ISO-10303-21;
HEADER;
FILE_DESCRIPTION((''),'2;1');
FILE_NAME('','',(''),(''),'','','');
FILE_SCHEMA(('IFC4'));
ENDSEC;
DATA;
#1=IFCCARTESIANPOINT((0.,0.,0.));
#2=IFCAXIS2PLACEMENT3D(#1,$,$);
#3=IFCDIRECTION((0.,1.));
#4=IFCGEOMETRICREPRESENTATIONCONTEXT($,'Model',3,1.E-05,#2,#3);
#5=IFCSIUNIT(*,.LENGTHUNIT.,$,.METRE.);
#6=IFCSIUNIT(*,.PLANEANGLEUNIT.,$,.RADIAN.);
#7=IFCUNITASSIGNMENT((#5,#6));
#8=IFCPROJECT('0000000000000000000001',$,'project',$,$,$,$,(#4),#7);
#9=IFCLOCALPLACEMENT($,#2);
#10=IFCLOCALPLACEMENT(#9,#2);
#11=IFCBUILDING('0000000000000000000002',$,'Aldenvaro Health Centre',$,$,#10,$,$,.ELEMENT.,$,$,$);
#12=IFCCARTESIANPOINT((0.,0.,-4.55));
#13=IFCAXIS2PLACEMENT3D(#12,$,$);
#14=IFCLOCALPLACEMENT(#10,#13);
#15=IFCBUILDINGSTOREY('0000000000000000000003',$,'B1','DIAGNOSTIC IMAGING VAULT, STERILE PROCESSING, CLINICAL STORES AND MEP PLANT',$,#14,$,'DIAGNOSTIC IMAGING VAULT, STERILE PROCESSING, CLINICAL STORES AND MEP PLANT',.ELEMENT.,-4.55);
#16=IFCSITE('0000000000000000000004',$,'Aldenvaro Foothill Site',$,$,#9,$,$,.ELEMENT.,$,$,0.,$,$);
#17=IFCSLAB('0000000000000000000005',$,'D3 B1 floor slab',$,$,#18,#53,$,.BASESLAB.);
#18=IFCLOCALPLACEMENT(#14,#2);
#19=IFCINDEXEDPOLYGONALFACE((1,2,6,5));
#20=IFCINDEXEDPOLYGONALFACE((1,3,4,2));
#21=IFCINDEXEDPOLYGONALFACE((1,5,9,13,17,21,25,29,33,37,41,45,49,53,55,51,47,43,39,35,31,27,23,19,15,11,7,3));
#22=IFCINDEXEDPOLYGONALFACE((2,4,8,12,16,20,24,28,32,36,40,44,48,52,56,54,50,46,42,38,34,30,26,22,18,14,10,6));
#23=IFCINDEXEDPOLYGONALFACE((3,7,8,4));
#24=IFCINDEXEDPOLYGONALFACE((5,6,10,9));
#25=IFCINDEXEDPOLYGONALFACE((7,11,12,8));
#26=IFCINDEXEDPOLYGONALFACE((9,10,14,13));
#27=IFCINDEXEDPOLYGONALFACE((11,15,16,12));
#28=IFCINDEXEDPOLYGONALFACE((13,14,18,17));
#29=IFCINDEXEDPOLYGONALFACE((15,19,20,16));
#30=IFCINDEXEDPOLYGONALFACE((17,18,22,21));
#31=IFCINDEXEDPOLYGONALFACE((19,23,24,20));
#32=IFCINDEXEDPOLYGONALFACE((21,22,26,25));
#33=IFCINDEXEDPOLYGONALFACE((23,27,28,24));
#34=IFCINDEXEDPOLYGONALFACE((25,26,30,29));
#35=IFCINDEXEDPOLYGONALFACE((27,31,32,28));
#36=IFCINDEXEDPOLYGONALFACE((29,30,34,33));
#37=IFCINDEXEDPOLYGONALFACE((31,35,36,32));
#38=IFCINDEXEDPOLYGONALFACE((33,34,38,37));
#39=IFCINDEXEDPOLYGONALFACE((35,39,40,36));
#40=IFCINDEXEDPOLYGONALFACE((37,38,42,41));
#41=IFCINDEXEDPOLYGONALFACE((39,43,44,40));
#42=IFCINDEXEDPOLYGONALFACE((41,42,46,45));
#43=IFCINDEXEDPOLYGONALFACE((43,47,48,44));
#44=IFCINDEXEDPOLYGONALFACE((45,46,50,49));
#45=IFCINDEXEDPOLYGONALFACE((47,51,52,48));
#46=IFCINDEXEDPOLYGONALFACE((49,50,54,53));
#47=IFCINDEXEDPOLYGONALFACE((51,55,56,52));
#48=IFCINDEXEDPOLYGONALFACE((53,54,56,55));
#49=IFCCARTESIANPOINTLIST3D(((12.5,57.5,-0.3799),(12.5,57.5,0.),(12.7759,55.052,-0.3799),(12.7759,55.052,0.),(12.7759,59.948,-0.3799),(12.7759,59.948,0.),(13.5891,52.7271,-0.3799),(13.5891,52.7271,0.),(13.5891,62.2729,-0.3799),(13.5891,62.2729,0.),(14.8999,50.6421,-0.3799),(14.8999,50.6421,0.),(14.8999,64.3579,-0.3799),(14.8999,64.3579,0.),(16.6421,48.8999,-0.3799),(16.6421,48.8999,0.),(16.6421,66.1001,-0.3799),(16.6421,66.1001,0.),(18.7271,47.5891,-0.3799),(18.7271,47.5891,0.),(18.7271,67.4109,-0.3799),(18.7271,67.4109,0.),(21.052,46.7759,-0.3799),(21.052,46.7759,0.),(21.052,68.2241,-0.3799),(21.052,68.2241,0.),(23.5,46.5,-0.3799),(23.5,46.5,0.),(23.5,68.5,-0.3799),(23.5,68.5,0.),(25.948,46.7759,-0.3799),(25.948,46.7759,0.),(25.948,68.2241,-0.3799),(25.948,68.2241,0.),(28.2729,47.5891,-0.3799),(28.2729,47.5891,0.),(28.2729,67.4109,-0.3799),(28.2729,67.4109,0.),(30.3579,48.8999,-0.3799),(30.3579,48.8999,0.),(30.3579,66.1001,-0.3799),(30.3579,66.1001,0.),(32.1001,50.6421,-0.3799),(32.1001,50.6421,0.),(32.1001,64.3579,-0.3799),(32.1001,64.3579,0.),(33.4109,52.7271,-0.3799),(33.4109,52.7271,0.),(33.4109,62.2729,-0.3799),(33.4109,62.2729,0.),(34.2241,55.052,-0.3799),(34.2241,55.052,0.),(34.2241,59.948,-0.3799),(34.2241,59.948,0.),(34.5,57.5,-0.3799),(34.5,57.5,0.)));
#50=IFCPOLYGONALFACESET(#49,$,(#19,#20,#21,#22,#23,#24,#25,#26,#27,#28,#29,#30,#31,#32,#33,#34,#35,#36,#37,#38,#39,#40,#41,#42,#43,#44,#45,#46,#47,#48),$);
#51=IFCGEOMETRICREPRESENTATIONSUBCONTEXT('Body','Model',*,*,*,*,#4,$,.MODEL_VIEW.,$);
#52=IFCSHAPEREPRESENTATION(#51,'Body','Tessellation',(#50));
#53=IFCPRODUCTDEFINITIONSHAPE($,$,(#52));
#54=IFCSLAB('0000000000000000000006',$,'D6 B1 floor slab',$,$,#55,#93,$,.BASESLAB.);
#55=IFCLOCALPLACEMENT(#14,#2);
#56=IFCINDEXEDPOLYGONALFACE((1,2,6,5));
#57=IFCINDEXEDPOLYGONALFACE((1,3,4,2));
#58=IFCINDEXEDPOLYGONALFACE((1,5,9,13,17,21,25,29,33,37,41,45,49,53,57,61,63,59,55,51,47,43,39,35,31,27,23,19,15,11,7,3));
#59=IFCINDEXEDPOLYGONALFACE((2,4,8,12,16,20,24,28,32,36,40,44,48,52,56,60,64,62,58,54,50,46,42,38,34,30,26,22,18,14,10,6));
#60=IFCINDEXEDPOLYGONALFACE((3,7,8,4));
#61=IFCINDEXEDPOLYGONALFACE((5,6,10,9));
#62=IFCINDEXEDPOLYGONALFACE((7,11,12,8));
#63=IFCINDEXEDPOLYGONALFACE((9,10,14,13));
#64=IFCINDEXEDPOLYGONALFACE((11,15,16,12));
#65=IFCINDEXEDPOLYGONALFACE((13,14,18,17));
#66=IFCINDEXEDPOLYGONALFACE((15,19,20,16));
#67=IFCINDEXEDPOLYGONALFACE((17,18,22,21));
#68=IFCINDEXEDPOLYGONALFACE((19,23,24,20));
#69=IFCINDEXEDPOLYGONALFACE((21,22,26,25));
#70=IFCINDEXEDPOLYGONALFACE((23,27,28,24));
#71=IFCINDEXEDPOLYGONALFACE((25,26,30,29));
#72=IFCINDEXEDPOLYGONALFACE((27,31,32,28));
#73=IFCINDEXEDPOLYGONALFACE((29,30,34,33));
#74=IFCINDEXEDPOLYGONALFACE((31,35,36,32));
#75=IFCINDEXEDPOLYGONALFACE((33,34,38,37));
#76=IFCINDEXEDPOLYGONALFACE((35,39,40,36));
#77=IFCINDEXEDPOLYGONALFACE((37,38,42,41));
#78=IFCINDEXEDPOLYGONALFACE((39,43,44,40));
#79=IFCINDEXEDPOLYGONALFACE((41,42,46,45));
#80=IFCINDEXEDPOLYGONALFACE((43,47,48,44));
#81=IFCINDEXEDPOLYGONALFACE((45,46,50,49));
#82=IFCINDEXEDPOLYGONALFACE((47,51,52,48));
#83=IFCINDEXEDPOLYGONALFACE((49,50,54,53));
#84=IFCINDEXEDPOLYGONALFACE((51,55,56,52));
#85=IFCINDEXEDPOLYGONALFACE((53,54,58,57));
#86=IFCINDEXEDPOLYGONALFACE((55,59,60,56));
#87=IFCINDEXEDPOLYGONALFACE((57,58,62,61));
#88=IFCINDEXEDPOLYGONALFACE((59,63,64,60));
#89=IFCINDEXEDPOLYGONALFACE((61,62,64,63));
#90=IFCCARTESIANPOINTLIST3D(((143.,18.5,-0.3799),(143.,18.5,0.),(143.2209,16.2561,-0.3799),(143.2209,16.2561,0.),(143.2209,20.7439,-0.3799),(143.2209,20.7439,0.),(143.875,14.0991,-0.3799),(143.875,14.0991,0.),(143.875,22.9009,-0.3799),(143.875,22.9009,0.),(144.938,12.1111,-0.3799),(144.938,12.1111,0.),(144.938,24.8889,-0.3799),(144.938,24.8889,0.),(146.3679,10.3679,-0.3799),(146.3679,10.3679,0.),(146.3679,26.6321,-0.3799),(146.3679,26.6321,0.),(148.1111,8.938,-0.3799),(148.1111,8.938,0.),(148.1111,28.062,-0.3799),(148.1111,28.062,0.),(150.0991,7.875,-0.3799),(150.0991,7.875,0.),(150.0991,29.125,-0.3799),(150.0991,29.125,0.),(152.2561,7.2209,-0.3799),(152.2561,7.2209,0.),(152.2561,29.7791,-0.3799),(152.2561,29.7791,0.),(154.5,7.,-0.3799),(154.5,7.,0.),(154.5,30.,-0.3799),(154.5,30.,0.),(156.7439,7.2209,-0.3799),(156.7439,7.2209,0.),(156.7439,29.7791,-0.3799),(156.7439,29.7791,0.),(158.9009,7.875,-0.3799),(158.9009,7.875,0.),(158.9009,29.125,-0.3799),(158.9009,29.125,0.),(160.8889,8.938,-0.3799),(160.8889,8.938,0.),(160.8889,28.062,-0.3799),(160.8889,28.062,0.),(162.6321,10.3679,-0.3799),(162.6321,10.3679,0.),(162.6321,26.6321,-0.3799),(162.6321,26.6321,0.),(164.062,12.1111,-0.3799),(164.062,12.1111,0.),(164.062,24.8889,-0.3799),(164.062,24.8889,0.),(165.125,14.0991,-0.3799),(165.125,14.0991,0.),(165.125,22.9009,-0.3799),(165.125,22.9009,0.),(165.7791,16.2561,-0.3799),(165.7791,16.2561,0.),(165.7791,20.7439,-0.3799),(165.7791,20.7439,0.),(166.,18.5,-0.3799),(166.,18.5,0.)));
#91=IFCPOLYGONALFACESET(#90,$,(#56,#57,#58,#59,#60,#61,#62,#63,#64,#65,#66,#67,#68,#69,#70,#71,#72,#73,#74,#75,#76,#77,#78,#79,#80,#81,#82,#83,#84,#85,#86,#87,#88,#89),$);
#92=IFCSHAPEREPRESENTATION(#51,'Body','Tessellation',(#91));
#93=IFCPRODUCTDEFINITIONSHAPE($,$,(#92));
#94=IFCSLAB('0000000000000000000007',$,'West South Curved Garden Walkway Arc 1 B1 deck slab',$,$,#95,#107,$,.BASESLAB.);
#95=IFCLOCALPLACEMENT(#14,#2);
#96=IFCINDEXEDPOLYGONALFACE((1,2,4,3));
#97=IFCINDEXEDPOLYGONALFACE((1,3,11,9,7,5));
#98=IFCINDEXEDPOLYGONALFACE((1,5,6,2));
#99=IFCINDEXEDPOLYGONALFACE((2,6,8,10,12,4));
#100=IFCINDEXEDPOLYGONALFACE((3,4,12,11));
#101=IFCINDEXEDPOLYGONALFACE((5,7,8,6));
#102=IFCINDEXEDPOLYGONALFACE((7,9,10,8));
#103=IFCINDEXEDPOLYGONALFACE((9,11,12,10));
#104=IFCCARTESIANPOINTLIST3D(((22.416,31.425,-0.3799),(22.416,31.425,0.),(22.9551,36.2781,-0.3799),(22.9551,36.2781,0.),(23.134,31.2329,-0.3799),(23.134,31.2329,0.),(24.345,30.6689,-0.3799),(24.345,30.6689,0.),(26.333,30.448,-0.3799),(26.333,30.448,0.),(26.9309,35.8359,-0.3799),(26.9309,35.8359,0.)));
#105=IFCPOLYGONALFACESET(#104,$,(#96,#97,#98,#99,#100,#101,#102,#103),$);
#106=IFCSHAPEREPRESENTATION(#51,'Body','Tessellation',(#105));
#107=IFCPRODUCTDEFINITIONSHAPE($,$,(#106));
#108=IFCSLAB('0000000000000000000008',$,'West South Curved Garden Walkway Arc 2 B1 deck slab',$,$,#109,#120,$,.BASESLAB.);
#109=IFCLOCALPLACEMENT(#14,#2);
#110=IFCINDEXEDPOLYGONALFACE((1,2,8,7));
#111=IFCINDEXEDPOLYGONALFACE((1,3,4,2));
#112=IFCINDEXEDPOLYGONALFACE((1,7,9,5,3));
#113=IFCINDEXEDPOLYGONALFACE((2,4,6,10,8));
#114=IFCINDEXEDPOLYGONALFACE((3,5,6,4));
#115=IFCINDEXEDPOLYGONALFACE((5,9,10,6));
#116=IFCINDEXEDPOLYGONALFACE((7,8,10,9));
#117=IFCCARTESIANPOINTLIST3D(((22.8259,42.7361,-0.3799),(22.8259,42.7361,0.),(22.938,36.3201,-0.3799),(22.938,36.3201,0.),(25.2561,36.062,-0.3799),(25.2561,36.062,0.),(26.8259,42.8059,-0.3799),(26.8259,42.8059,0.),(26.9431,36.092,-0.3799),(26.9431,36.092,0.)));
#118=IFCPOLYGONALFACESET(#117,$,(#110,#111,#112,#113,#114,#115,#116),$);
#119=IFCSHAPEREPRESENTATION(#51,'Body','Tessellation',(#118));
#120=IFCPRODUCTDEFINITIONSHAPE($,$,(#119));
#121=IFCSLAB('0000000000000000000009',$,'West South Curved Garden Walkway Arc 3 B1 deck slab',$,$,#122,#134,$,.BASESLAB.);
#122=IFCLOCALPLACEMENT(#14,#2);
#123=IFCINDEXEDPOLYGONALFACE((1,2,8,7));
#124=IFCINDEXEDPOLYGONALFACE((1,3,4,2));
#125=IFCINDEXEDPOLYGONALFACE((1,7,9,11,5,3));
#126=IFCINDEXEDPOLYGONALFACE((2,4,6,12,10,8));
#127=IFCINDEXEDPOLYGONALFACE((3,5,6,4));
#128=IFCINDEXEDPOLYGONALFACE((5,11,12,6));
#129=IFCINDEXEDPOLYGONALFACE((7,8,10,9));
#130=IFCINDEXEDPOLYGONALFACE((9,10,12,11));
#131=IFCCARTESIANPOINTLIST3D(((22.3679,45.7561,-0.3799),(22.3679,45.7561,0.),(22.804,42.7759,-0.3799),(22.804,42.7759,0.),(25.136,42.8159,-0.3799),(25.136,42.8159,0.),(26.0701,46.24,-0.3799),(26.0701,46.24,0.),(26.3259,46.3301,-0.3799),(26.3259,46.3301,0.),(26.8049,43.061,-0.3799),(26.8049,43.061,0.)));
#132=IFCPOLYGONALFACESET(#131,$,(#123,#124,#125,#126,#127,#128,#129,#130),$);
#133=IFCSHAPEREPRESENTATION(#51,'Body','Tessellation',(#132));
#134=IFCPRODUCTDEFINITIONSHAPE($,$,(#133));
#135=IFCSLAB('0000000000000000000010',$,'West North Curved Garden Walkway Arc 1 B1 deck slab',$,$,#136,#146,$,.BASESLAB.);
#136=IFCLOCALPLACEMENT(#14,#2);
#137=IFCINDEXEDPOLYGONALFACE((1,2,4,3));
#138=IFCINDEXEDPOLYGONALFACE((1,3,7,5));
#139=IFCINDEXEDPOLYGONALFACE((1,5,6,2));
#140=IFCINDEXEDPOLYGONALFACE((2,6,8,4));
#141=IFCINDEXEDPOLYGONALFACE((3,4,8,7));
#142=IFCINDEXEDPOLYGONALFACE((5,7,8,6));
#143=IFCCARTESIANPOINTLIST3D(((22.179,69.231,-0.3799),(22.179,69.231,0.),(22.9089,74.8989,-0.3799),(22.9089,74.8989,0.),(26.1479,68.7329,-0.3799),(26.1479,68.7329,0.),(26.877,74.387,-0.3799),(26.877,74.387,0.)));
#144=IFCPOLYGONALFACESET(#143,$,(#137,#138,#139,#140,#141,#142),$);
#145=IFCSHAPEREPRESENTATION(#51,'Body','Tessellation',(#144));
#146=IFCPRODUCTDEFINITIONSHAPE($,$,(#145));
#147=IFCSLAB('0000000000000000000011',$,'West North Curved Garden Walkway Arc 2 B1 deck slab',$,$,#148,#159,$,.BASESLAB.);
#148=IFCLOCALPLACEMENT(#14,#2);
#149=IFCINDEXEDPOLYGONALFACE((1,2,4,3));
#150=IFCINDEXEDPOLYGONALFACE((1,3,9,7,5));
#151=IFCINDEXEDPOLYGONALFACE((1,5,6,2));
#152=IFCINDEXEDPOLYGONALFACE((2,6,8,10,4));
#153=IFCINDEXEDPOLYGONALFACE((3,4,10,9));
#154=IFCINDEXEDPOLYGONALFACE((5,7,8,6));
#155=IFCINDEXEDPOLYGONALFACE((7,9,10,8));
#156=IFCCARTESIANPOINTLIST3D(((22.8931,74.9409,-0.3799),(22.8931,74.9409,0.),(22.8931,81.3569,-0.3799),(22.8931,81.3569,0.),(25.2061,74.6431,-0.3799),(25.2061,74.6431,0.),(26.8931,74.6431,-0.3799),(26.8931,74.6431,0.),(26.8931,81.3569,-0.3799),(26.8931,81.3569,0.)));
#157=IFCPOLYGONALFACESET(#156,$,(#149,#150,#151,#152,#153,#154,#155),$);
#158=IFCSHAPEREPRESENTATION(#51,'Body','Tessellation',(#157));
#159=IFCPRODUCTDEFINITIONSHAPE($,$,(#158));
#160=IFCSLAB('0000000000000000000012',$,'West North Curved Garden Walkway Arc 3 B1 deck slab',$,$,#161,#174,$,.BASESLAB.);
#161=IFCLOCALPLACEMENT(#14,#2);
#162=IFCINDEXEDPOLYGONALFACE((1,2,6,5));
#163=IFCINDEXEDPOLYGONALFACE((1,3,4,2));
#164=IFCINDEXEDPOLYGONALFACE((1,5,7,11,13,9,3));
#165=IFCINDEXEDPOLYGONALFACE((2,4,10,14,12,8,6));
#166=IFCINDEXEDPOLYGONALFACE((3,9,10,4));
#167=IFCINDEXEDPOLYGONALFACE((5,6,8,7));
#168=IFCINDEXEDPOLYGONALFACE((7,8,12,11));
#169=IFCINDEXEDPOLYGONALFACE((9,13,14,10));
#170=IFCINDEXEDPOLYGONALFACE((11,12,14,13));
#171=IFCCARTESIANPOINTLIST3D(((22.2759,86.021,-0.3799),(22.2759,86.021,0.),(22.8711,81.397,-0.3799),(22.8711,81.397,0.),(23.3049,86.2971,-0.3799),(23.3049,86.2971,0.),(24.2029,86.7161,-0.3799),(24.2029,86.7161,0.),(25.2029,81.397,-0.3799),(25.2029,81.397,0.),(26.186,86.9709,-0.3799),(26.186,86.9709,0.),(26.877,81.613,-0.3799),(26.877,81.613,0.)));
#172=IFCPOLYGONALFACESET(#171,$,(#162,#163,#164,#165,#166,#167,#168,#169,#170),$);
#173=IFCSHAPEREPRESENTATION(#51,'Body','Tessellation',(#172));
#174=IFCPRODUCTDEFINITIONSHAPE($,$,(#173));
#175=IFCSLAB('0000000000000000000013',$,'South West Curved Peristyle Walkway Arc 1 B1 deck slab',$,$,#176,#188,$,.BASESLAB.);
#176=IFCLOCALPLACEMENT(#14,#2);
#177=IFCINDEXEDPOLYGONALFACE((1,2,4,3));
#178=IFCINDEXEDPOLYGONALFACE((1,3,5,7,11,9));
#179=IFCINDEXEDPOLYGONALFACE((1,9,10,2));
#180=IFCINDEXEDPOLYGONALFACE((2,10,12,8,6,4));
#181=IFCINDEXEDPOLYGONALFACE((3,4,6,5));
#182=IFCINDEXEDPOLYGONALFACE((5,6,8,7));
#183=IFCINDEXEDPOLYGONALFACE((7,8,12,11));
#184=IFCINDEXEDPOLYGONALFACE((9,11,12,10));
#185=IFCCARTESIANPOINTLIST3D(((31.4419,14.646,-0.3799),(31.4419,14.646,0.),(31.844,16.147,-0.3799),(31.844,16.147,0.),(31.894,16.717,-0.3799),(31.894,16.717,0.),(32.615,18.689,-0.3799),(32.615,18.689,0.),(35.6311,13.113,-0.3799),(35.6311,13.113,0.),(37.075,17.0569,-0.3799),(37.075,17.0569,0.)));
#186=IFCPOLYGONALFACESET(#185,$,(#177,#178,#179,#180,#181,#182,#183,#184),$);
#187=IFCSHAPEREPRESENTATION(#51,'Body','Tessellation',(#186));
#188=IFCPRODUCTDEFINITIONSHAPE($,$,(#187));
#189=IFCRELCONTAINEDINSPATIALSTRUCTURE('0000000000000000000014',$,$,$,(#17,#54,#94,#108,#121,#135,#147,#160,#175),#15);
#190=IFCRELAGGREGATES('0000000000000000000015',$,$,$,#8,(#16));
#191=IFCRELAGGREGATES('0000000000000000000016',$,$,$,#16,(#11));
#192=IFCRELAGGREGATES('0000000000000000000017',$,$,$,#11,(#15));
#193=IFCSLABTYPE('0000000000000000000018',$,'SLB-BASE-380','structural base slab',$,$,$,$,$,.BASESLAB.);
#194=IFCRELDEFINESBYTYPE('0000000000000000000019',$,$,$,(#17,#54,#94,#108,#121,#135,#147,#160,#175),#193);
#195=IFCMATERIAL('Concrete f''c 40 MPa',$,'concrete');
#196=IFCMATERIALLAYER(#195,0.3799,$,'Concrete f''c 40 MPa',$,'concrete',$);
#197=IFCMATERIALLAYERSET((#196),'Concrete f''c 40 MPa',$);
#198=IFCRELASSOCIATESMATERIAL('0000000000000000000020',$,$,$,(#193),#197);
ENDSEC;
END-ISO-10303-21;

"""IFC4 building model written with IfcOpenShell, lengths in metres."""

from ifc_helpers import new_model, si_unit, direction, frame, origin, place, context, subcontext, project, spatial, polyline, outline, extrude, material, layer, layer_set, type_object, element, save


model = new_model("IFC4")

# Units and contexts
model_context = context("Model", 3, precision=1e-05, world=origin(), true_north=direction((0.0, 1.0)))
body_context = subcontext(model_context, "Body", "Model", "MODEL_VIEW")
ifc_project = project(units=[si_unit("LENGTHUNIT", "METRE"), si_unit("PLANEANGLEUNIT", "RADIAN")], contexts=[model_context])

# Site, building, storey
site_placement = place(None, origin())
site = spatial("IfcSite", under=ifc_project, at=site_placement, Name="Aldenvaro Foothill Site", CompositionType="ELEMENT", RefElevation=0.0)
building_placement = place(site_placement, origin())
building = spatial("IfcBuilding", under=site, at=building_placement, Name="Aldenvaro Health Centre", CompositionType="ELEMENT")
storey_placement = place(building_placement, frame((0.0, 0.0, -4.55)))
storey = spatial("IfcBuildingStorey", under=building, at=storey_placement, Name="B1", Description="DIAGNOSTIC IMAGING VAULT, STERILE PROCESSING, CLINICAL STORES AND MEP PLANT", LongName="DIAGNOSTIC IMAGING VAULT, STERILE PROCESSING, CLINICAL STORES AND MEP PLANT", CompositionType="ELEMENT", Elevation=-4.55)

# Slabs
ifc_material = material(Name="Concrete f'c 40 MPa", Category="concrete")
ifc_layer_1 = layer(ifc_material, 0.3799, Name="Concrete f'c 40 MPa", Category="concrete")
ifc_layer_set_1 = layer_set([ifc_layer_1], Name="Concrete f'c 40 MPa")
slab_type_1 = type_object("IfcSlabType", Name="SLB-BASE-380", Description="structural base slab", PredefinedType="BASESLAB", material=ifc_layer_set_1)
slab_1_placement = place(storey_placement, frame((0.0, 0.0, -0.3799)))
element("IfcSlab", 1, at=slab_1_placement, inside=storey, type_object=slab_type_1, Name="D3 B1 floor slab", PredefinedType="BASESLAB", context=body_context, shape_type="SweptSolid", body=[
    extrude(outline(polyline([(34.5, 57.5), (34.2241, 59.948), (33.4109, 62.2729), (32.1001, 64.3579), (30.3579, 66.1001), (28.2729, 67.4109), (25.948, 68.2241), (23.5, 68.5), (21.052, 68.2241), (18.7271, 67.4109), (16.6421, 66.1001), (14.8999, 64.3579), (13.5891, 62.2729), (12.7759, 59.948), (12.5, 57.5), (12.7759, 55.052), (13.5891, 52.7271), (14.8999, 50.6421), (16.6421, 48.8999), (18.7271, 47.5891), (21.052, 46.7759), (23.5, 46.5), (25.948, 46.7759), (28.2729, 47.5891), (30.3579, 48.8999), (32.1001, 50.6421), (33.4109, 52.7271), (34.2241, 55.052), (34.5, 57.5)])), origin(), (0.0, 0.0, 1.0), 0.3799),
])
slab_2_placement = place(storey_placement, frame((0.0, 0.0, -0.3799)))
element("IfcSlab", 2, at=slab_2_placement, inside=storey, type_object=slab_type_1, Name="D6 B1 floor slab", PredefinedType="BASESLAB", context=body_context, shape_type="SweptSolid", body=[
    extrude(outline(polyline([(166.0, 18.5), (165.7791, 20.7439), (165.125, 22.9009), (164.062, 24.8889), (162.6321, 26.6321), (160.8889, 28.062), (158.9009, 29.125), (156.7439, 29.7791), (154.5, 30.0), (152.2561, 29.7791), (150.0991, 29.125), (148.1111, 28.062), (146.3679, 26.6321), (144.938, 24.8889), (143.875, 22.9009), (143.2209, 20.7439), (143.0, 18.5), (143.2209, 16.2561), (143.875, 14.0991), (144.938, 12.1111), (146.3679, 10.3679), (148.1111, 8.938), (150.0991, 7.875), (152.2561, 7.2209), (154.5, 7.0), (156.7439, 7.2209), (158.9009, 7.875), (160.8889, 8.938), (162.6321, 10.3679), (164.062, 12.1111), (165.125, 14.0991), (165.7791, 16.2561), (166.0, 18.5)])), origin(), (0.0, 0.0, 1.0), 0.3799),
])
slab_3_placement = place(storey_placement, frame((0.0, 0.0, -0.3799)))
element("IfcSlab", 3, at=slab_3_placement, inside=storey, type_object=slab_type_1, Name="West South Curved Garden Walkway Arc 1 B1 deck slab", PredefinedType="BASESLAB", context=body_context, shape_type="SweptSolid", body=[
    extrude(outline(polyline([(22.9551, 36.2781), (26.9309, 35.8359), (26.333, 30.448), (24.345, 30.6689), (23.134, 31.2329), (22.416, 31.425), (22.9551, 36.2781)])), origin(), (0.0, 0.0, 1.0), 0.3799),
])
slab_4_placement = place(storey_placement, frame((0.0, 0.0, -0.3799)))
element("IfcSlab", 4, at=slab_4_placement, inside=storey, type_object=slab_type_1, Name="West South Curved Garden Walkway Arc 2 B1 deck slab", PredefinedType="BASESLAB", context=body_context, shape_type="SweptSolid", body=[
    extrude(outline(polyline([(22.8259, 42.7361), (26.8259, 42.8059), (26.9431, 36.092), (25.2561, 36.062), (22.938, 36.3201), (22.8259, 42.7361)])), origin(), (0.0, 0.0, 1.0), 0.3799),
])
slab_5_placement = place(storey_placement, frame((0.0, 0.0, -0.3799)))
element("IfcSlab", 5, at=slab_5_placement, inside=storey, type_object=slab_type_1, Name="West South Curved Garden Walkway Arc 3 B1 deck slab", PredefinedType="BASESLAB", context=body_context, shape_type="SweptSolid", body=[
    extrude(outline(polyline([(26.8049, 43.061), (25.136, 42.8159), (22.804, 42.7759), (22.3679, 45.7561), (26.0701, 46.24), (26.3259, 46.3301), (26.8049, 43.061)])), origin(), (0.0, 0.0, 1.0), 0.3799),
])
slab_6_placement = place(storey_placement, frame((0.0, 0.0, -0.3799)))
element("IfcSlab", 6, at=slab_6_placement, inside=storey, type_object=slab_type_1, Name="West North Curved Garden Walkway Arc 1 B1 deck slab", PredefinedType="BASESLAB", context=body_context, shape_type="SweptSolid", body=[
    extrude(outline(polyline([(22.179, 69.231), (22.9089, 74.8989), (26.877, 74.387), (26.1479, 68.7329), (22.179, 69.231)])), origin(), (0.0, 0.0, 1.0), 0.3799),
])
slab_7_placement = place(storey_placement, frame((0.0, 0.0, -0.3799)))
element("IfcSlab", 7, at=slab_7_placement, inside=storey, type_object=slab_type_1, Name="West North Curved Garden Walkway Arc 2 B1 deck slab", PredefinedType="BASESLAB", context=body_context, shape_type="SweptSolid", body=[
    extrude(outline(polyline([(22.8931, 81.3569), (26.8931, 81.3569), (26.8931, 74.6431), (25.2061, 74.6431), (22.8931, 74.9409), (22.8931, 81.3569)])), origin(), (0.0, 0.0, 1.0), 0.3799),
])
slab_8_placement = place(storey_placement, frame((0.0, 0.0, -0.3799)))
element("IfcSlab", 8, at=slab_8_placement, inside=storey, type_object=slab_type_1, Name="West North Curved Garden Walkway Arc 3 B1 deck slab", PredefinedType="BASESLAB", context=body_context, shape_type="SweptSolid", body=[
    extrude(outline(polyline([(26.186, 86.9709), (26.877, 81.613), (25.2029, 81.397), (22.8711, 81.397), (22.2759, 86.021), (23.3049, 86.2971), (24.2029, 86.7161), (26.186, 86.9709)])), origin(), (0.0, 0.0, 1.0), 0.3799),
])
slab_9_placement = place(storey_placement, frame((0.0, 0.0, -0.3799)))
element("IfcSlab", 9, at=slab_9_placement, inside=storey, type_object=slab_type_1, Name="South West Curved Peristyle Walkway Arc 1 B1 deck slab", PredefinedType="BASESLAB", context=body_context, shape_type="SweptSolid", body=[
    extrude(outline(polyline([(32.615, 18.689), (37.075, 17.0569), (35.6311, 13.113), (31.4419, 14.646), (31.844, 16.147), (31.894, 16.717), (32.615, 18.689)])), origin(), (0.0, 0.0, 1.0), 0.3799),
])

save(model, "model.ifc")
